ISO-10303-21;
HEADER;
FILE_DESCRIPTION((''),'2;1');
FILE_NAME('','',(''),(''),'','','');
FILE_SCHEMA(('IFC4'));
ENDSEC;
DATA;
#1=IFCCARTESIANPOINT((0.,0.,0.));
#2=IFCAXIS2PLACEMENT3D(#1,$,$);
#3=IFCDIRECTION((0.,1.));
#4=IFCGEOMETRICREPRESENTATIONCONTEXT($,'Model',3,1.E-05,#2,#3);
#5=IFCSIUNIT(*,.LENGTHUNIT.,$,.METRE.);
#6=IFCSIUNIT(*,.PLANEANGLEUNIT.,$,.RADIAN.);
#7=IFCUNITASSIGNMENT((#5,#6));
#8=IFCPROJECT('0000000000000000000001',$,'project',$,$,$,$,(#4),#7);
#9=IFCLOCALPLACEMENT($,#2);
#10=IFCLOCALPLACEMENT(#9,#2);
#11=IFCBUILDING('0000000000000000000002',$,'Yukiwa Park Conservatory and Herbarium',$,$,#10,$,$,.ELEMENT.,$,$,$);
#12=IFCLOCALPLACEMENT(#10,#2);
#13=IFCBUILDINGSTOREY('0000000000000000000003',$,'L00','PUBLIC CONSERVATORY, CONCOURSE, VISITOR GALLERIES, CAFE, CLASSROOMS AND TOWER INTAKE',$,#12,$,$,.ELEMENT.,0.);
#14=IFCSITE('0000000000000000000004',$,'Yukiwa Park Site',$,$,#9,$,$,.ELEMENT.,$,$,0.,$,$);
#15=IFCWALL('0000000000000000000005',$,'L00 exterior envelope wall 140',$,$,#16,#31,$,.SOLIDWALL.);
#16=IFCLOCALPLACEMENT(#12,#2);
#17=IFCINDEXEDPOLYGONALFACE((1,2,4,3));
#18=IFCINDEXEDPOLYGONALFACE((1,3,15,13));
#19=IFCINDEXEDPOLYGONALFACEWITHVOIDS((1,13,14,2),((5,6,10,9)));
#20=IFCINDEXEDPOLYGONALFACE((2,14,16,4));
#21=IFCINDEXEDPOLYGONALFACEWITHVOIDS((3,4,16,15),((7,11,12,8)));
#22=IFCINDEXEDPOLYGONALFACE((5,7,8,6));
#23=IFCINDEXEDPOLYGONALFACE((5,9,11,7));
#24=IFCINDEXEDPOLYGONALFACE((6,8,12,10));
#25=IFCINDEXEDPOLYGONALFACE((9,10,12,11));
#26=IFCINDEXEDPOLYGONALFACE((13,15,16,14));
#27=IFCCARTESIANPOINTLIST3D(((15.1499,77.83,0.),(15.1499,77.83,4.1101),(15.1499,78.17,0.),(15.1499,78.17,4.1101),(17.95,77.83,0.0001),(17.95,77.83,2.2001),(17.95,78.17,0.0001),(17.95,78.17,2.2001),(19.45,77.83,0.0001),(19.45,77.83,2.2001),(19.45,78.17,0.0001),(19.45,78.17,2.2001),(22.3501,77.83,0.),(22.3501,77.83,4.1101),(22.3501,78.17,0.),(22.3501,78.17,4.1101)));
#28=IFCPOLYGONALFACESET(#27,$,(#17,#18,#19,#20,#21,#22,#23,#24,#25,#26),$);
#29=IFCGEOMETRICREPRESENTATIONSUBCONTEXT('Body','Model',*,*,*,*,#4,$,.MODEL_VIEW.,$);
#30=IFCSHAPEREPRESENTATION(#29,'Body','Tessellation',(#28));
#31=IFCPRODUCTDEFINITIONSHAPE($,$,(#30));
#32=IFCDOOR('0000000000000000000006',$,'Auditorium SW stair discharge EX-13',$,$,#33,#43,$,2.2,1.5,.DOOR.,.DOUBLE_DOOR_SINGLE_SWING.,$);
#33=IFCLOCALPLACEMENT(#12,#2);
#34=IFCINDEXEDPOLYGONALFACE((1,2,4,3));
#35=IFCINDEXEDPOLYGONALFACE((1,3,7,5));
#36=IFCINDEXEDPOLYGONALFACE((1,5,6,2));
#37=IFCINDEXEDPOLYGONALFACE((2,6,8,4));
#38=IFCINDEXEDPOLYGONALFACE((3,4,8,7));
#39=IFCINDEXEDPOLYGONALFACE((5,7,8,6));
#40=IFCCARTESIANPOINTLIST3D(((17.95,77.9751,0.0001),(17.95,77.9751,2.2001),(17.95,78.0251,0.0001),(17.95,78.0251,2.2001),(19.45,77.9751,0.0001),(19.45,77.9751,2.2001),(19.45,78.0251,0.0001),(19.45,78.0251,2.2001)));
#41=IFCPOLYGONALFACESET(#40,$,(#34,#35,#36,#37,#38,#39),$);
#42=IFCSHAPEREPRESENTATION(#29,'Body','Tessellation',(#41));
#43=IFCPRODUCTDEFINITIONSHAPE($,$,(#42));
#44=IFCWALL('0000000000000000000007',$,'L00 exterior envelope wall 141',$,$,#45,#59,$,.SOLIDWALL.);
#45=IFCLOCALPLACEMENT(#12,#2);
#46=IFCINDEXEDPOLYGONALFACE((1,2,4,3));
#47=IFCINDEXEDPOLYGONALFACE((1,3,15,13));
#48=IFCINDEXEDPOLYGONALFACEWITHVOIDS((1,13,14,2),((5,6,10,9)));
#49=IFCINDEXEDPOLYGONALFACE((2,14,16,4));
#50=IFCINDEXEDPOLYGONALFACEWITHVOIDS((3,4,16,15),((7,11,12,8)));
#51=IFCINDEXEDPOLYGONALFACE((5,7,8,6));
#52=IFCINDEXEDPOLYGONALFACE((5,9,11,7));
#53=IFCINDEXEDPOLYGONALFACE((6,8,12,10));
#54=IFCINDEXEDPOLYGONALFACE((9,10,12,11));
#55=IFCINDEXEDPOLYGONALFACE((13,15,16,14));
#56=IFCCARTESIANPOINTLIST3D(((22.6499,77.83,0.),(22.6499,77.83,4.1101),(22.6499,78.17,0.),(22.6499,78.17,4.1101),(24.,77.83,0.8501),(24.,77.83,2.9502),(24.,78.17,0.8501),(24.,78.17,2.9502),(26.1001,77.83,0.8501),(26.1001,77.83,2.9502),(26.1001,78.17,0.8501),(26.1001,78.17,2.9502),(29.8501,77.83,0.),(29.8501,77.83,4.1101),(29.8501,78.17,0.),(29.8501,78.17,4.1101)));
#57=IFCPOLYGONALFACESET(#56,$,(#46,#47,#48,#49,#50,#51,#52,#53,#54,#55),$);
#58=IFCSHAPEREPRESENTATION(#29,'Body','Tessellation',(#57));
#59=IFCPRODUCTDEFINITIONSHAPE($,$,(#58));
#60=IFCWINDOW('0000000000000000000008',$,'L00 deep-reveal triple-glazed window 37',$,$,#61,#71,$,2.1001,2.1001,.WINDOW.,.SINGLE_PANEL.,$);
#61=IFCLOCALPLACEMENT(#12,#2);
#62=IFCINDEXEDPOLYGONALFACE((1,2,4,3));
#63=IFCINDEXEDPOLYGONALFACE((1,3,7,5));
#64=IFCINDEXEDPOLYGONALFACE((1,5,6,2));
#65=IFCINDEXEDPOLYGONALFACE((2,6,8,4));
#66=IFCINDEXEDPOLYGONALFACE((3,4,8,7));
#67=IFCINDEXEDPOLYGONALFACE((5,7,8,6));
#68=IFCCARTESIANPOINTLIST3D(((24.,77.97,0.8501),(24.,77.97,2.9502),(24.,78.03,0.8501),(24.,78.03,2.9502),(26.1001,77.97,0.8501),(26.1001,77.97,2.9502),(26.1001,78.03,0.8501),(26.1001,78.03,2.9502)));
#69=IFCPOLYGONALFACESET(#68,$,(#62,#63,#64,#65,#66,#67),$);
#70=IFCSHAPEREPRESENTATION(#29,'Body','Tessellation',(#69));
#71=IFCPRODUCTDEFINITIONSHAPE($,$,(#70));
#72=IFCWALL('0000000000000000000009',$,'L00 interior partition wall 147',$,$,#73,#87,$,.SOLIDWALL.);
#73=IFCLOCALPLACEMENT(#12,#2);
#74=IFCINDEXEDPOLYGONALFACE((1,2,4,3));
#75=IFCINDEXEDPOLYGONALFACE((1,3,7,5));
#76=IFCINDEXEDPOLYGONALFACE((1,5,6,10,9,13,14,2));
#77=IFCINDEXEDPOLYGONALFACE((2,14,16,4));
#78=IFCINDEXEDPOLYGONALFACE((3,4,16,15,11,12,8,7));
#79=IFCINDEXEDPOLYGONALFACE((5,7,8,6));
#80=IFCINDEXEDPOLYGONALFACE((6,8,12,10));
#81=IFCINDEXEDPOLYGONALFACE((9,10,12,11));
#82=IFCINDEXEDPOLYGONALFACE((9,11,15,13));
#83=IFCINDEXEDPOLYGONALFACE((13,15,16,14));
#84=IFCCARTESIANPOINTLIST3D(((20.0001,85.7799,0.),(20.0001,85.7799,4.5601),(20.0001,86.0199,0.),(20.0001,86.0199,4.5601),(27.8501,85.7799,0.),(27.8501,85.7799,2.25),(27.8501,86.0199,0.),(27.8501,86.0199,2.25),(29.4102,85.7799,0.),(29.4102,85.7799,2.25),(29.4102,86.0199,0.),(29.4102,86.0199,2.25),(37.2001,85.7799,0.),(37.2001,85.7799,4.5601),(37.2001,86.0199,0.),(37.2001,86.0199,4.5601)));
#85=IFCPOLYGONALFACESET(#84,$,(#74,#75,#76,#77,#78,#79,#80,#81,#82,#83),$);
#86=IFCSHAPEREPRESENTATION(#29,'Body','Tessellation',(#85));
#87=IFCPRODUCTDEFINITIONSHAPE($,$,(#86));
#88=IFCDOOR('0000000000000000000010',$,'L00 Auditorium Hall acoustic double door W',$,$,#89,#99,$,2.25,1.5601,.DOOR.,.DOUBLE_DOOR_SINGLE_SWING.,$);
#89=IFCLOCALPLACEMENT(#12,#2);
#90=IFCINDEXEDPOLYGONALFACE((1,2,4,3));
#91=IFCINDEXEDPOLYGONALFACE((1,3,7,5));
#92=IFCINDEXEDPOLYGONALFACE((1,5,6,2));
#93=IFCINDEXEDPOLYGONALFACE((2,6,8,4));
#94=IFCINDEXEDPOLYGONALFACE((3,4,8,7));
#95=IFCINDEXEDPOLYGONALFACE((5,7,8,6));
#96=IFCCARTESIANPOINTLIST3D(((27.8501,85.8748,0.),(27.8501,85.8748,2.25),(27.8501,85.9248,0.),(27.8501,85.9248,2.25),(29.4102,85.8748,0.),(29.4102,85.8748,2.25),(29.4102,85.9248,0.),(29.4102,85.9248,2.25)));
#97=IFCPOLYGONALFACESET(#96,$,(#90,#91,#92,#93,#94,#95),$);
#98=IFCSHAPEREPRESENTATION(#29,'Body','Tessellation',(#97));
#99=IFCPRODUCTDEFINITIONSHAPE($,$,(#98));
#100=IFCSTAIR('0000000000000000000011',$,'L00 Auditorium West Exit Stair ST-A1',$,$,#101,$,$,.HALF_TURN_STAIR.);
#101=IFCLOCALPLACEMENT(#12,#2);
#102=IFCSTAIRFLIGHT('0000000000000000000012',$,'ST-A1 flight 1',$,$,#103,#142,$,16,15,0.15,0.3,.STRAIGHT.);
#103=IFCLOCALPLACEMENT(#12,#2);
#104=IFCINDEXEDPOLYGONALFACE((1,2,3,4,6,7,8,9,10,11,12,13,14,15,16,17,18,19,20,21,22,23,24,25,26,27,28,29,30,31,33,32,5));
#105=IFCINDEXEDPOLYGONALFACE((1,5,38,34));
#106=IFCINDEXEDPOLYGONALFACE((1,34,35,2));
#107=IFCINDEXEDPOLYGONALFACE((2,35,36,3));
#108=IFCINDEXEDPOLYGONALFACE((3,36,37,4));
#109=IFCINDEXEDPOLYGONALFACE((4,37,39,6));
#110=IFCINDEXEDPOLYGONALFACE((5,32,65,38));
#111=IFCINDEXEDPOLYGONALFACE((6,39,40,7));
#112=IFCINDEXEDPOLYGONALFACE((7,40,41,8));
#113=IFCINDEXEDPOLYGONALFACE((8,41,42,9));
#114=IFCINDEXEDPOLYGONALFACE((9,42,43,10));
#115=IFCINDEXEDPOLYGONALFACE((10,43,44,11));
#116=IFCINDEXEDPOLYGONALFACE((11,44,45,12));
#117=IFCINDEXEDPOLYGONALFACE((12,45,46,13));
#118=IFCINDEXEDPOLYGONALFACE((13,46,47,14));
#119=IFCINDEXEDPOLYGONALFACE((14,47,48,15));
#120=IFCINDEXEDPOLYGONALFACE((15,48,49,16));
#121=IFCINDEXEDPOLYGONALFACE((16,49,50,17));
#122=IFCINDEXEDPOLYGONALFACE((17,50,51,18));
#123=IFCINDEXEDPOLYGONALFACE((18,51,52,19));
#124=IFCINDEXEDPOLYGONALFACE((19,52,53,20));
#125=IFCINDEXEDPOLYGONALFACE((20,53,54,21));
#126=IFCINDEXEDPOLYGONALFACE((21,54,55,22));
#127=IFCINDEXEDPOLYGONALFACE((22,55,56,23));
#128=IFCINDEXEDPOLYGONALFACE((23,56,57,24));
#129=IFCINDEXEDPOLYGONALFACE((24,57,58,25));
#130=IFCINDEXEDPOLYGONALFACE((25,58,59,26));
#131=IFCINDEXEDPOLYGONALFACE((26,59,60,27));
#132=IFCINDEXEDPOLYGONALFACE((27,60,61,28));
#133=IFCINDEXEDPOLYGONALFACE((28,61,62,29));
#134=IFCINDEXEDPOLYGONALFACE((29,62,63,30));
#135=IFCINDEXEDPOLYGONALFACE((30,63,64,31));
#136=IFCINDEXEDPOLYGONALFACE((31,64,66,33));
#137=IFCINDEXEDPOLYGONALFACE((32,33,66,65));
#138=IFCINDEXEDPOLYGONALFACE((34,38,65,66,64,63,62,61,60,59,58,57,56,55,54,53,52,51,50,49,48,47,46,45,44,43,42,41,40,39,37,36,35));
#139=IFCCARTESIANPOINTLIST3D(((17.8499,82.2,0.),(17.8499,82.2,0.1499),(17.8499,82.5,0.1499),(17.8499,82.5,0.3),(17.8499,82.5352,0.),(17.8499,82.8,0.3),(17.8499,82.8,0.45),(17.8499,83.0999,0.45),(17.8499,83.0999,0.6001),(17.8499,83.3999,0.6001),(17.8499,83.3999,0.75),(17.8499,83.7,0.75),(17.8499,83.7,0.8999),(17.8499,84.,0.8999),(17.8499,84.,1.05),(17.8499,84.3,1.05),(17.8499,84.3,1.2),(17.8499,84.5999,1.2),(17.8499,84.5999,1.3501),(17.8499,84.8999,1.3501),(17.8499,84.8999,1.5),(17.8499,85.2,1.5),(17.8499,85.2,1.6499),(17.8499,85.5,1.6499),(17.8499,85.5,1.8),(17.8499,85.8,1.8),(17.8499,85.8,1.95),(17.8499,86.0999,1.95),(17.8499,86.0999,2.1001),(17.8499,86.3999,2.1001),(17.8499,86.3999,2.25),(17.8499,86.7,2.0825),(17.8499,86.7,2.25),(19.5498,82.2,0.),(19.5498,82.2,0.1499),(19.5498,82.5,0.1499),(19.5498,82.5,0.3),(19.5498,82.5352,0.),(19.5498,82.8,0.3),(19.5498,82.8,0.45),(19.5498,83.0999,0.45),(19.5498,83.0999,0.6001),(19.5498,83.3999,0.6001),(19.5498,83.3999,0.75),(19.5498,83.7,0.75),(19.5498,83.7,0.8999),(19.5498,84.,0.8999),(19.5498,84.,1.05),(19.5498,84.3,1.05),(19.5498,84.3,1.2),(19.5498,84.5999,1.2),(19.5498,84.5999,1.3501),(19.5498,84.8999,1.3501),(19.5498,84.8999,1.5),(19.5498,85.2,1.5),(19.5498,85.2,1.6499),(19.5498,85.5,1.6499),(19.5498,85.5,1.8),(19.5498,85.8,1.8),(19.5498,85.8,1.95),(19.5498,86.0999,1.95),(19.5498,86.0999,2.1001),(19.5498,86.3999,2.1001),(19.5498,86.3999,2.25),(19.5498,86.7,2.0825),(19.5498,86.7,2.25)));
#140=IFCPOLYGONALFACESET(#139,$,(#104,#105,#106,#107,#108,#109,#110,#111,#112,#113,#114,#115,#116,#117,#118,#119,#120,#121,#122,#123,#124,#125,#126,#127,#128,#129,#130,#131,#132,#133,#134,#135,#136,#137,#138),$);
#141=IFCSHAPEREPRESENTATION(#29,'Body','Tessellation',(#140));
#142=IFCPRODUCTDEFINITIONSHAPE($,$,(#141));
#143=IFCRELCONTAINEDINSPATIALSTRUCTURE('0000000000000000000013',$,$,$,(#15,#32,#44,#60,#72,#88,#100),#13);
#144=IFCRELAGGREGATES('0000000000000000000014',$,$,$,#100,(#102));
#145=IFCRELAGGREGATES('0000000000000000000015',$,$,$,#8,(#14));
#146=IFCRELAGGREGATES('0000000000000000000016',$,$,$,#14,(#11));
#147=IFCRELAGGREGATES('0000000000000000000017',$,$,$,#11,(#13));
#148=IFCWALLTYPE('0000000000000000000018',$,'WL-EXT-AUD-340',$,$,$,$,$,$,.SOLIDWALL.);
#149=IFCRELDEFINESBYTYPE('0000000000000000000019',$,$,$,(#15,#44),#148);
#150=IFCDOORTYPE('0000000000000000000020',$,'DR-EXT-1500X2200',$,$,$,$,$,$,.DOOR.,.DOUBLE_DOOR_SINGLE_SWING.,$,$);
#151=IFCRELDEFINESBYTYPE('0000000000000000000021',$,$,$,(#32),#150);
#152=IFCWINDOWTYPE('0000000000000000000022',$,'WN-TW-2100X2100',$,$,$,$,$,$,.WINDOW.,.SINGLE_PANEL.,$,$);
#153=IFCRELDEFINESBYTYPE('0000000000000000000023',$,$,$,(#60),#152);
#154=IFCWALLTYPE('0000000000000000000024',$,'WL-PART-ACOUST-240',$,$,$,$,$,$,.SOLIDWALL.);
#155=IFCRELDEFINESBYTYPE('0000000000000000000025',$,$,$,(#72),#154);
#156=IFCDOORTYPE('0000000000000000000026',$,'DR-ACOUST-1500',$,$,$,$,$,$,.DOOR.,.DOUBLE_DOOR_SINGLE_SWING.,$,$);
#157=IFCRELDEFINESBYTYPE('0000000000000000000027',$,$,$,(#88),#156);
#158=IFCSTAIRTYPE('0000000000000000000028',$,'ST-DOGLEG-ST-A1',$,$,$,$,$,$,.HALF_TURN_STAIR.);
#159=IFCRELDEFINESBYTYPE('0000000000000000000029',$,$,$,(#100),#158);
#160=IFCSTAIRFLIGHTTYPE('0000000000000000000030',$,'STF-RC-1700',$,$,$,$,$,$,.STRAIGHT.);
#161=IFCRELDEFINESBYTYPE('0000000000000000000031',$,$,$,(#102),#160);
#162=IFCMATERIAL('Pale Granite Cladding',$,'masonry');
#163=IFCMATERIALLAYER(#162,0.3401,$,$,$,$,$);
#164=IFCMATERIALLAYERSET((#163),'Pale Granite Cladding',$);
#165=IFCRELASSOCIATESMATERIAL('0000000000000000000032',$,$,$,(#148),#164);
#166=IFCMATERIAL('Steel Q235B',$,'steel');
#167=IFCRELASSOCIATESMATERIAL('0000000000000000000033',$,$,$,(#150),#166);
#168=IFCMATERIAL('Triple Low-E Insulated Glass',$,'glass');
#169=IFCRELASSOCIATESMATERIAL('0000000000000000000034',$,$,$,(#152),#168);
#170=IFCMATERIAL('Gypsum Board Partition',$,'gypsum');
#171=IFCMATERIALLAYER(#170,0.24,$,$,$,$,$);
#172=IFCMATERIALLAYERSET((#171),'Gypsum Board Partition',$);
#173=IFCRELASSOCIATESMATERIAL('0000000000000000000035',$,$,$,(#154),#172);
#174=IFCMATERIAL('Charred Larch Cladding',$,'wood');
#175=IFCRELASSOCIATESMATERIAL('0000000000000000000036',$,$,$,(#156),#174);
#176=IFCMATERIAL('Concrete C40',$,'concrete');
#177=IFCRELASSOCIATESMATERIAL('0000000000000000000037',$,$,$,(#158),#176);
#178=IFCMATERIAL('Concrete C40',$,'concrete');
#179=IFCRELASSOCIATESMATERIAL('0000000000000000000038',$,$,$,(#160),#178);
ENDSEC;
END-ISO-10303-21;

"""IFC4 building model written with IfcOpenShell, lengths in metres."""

from ifc_helpers import new_model, si_unit, direction, frame, frame_2d, origin, place, context, subcontext, project, spatial, polyline, rectangle, outline, extrude, material, layer, layer_set, type_object, element, fill, aggregate, save


model = new_model("IFC4")

# Units and contexts
model_context = context("Model", 3, precision=1e-05, world=origin(), true_north=direction((0.0, 1.0)))
body_context = subcontext(model_context, "Body", "Model", "MODEL_VIEW")
ifc_project = project(units=[si_unit("LENGTHUNIT", "METRE"), si_unit("PLANEANGLEUNIT", "RADIAN")], contexts=[model_context])

# Site, building, storey
site_placement = place(None, origin())
site = spatial("IfcSite", under=ifc_project, at=site_placement, Name="Yukiwa Park Site", CompositionType="ELEMENT", RefElevation=0.0)
building_placement = place(site_placement, origin())
building = spatial("IfcBuilding", under=site, at=building_placement, Name="Yukiwa Park Conservatory and Herbarium", CompositionType="ELEMENT")
storey_placement = place(building_placement, origin())
storey = spatial("IfcBuildingStorey", under=building, at=storey_placement, Name="L00", Description="PUBLIC CONSERVATORY, CONCOURSE, VISITOR GALLERIES, CAFE, CLASSROOMS AND TOWER INTAKE", CompositionType="ELEMENT", Elevation=0.0)

# Shared definitions
ifc_material_1 = material(Name="Pale Granite Cladding", Category="masonry")
ifc_layer_1 = layer(ifc_material_1, 0.3401)
ifc_layer_set_1 = layer_set([ifc_layer_1], Name="Pale Granite Cladding")
wall_type_1 = type_object("IfcWallType", Name="WL-EXT-AUD-340", PredefinedType="SOLIDWALL", material=ifc_layer_set_1)

# Wall, opening, door
wall_1_placement = place(storey_placement, frame((15.1499, 78.0, 0.0), z_axis=(0.0, 0.0, 1.0), x_axis=(1.0, 0.0, 0.0)))
wall_1 = element("IfcWall", 1, at=wall_1_placement, inside=storey, type_object=wall_type_1, Name="L00 exterior envelope wall 140", PredefinedType="SOLIDWALL", context=body_context, shape_type="SweptSolid", body=[
    extrude(rectangle(XDim=7.2002, YDim=0.3401, at=frame_2d((3.6001, 0.0))), origin(), (0.0, 0.0, 1.0), 4.1101),
])
opening_1_placement = place(wall_1_placement, frame((2.8, 0.0, 0.0)))
opening_1 = element("IfcOpeningElement", 2, at=opening_1_placement, cuts=wall_1, PredefinedType="OPENING", context=body_context, shape_type="SweptSolid", body=[
    extrude(rectangle(XDim=1.5, YDim=2.2, at=frame_2d((0.75, 1.1001))), frame((0.0, 0.1802, 0.0), z_axis=(0.0, -1.0, 0.0), x_axis=(1.0, 0.0, 0.0)), (0.0, 0.0, 1.0), 0.3601),
])
ifc_material_2 = material(Name="Steel Q235B", Category="steel")
door_type_1 = type_object("IfcDoorType", Name="DR-EXT-1500X2200", OperationType="DOUBLE_DOOR_SINGLE_SWING", PredefinedType="DOOR", material=ifc_material_2)
door_1_placement = place(opening_1_placement, frame((1.5, 0.0, 0.0), z_axis=(0.0, 0.0, 1.0), x_axis=(-1.0, 0.0, 0.0)))
door_1 = element("IfcDoor", 3, at=door_1_placement, inside=storey, type_object=door_type_1, Name="Auditorium SW stair discharge EX-13", OperationType="DOUBLE_DOOR_SINGLE_SWING", OverallHeight=2.2, OverallWidth=1.5, PredefinedType="DOOR", context=body_context, shape_type="SweptSolid", body=[
    extrude(rectangle(XDim=1.5, YDim=2.2, at=frame_2d((0.75, 1.1001))), frame((0.0, 0.0249, 0.0), z_axis=(0.0, -1.0, 0.0), x_axis=(1.0, 0.0, 0.0)), (0.0, 0.0, 1.0), 0.05),
])
fill(opening_1, door_1)

# Wall, opening, window
wall_2_placement = place(storey_placement, frame((22.6499, 78.0, 0.0), z_axis=(0.0, 0.0, 1.0), x_axis=(1.0, 0.0, 0.0)))
wall_2 = element("IfcWall", 4, at=wall_2_placement, inside=storey, type_object=wall_type_1, Name="L00 exterior envelope wall 141", PredefinedType="SOLIDWALL", context=body_context, shape_type="SweptSolid", body=[
    extrude(rectangle(XDim=7.2002, YDim=0.3401, at=frame_2d((3.6001, 0.0))), origin(), (0.0, 0.0, 1.0), 4.1101),
])
opening_2_placement = place(wall_2_placement, frame((1.3501, 0.0, 0.8501)))
opening_2 = element("IfcOpeningElement", 5, at=opening_2_placement, cuts=wall_2, PredefinedType="OPENING", context=body_context, shape_type="SweptSolid", body=[
    extrude(rectangle(XDim=2.1001, YDim=2.1001, at=frame_2d((1.05, 1.05))), frame((0.0, 0.1802, 0.0), z_axis=(0.0, -1.0, 0.0), x_axis=(1.0, 0.0, 0.0)), (0.0, 0.0, 1.0), 0.3601),
])
ifc_material_3 = material(Name="Triple Low-E Insulated Glass", Category="glass")
window_type_1 = type_object("IfcWindowType", Name="WN-TW-2100X2100", PartitioningType="SINGLE_PANEL", PredefinedType="WINDOW", material=ifc_material_3)
window_1_placement = place(opening_2_placement, origin())
window_1 = element("IfcWindow", 6, at=window_1_placement, inside=storey, type_object=window_type_1, Name="L00 deep-reveal triple-glazed window 37", OverallHeight=2.1001, OverallWidth=2.1001, PartitioningType="SINGLE_PANEL", PredefinedType="WINDOW", context=body_context, shape_type="SweptSolid", body=[
    extrude(rectangle(XDim=2.1001, YDim=2.1001, at=frame_2d((1.05, 1.05))), frame((0.0, 0.03, 0.0), z_axis=(0.0, -1.0, 0.0), x_axis=(1.0, 0.0, 0.0)), (0.0, 0.0, 1.0), 0.0601),
])
fill(opening_2, window_1)

# Wall, opening, door
ifc_material_4 = material(Name="Gypsum Board Partition", Category="gypsum")
ifc_layer_2 = layer(ifc_material_4, 0.24)
ifc_layer_set_2 = layer_set([ifc_layer_2], Name="Gypsum Board Partition")
wall_type_2 = type_object("IfcWallType", Name="WL-PART-ACOUST-240", PredefinedType="SOLIDWALL", material=ifc_layer_set_2)
wall_3_placement = place(storey_placement, frame((20.0, 85.8999, 0.0), z_axis=(0.0, 0.0, 1.0), x_axis=(1.0, 0.0, 0.0)))
wall_3 = element("IfcWall", 7, at=wall_3_placement, inside=storey, type_object=wall_type_2, Name="L00 interior partition wall 147", PredefinedType="SOLIDWALL", context=body_context, shape_type="SweptSolid", body=[
    extrude(rectangle(XDim=17.2, YDim=0.24, at=frame_2d((8.6001, 0.0))), origin(), (0.0, 0.0, 1.0), 4.5601),
])
opening_3_placement = place(wall_3_placement, frame((7.8501, 0.0, 0.0)))
opening_3 = element("IfcOpeningElement", 8, at=opening_3_placement, cuts=wall_3, PredefinedType="OPENING", context=body_context, shape_type="SweptSolid", body=[
    extrude(rectangle(XDim=1.5601, YDim=2.25, at=frame_2d((0.78, 1.125))), frame((0.0, 0.1299, 0.0), z_axis=(0.0, -1.0, 0.0), x_axis=(1.0, 0.0, 0.0)), (0.0, 0.0, 1.0), 0.26),
])
ifc_material_5 = material(Name="Charred Larch Cladding", Category="wood")
door_type_2 = type_object("IfcDoorType", Name="DR-ACOUST-1500", OperationType="DOUBLE_DOOR_SINGLE_SWING", PredefinedType="DOOR", material=ifc_material_5)
door_2_placement = place(opening_3_placement, origin())
door_2 = element("IfcDoor", 9, at=door_2_placement, inside=storey, type_object=door_type_2, Name="L00 Auditorium Hall acoustic double door W", OperationType="DOUBLE_DOOR_SINGLE_SWING", OverallHeight=2.25, OverallWidth=1.5601, PredefinedType="DOOR", context=body_context, shape_type="SweptSolid", body=[
    extrude(rectangle(XDim=1.5601, YDim=2.25, at=frame_2d((0.78, 1.125))), frame((0.0, 0.0249, 0.0), z_axis=(0.0, -1.0, 0.0), x_axis=(1.0, 0.0, 0.0)), (0.0, 0.0, 1.0), 0.05),
])
fill(opening_3, door_2)

# Stair, stair flight
ifc_material_6 = material(Name="Concrete C40", Category="concrete")
stair_type = type_object("IfcStairType", Name="ST-DOGLEG-ST-A1", PredefinedType="HALF_TURN_STAIR", material=ifc_material_6)
stair_placement = place(storey_placement, origin())
stair = element("IfcStair", 10, at=stair_placement, inside=storey, type_object=stair_type, Name="L00 Auditorium West Exit Stair ST-A1", PredefinedType="HALF_TURN_STAIR")
ifc_material_7 = material(Name="Concrete C40", Category="concrete")
stair_flight_type = type_object("IfcStairFlightType", Name="STF-RC-1700", PredefinedType="STRAIGHT", material=ifc_material_7)
stair_flight_placement = place(storey_placement, frame((18.7, 82.2, 0.0), z_axis=(0.0, 0.0, 1.0), x_axis=(0.0, 1.0, 0.0)))
stair_flight = element("IfcStairFlight", 11, at=stair_flight_placement, type_object=stair_flight_type, Name="ST-A1 flight 1", NumberOfRisers=16, NumberOfTreads=15, PredefinedType="STRAIGHT", RiserHeight=0.15, TreadLength=0.3, context=body_context, shape_type="SweptSolid", body=[
    extrude(outline(polyline([(0.0, 0.0), (0.0, 0.1499), (0.3, 0.1499), (0.3, 0.3), (0.6001, 0.3), (0.6001, 0.45), (0.8999, 0.45), (0.8999, 0.6001), (1.2, 0.6001), (1.2, 0.75), (1.5, 0.75), (1.5, 0.8999), (1.8, 0.8999), (1.8, 1.05), (2.1001, 1.05), (2.1001, 1.2), (2.3999, 1.2), (2.3999, 1.3501), (2.7, 1.3501), (2.7, 1.5), (3.0, 1.5), (3.0, 1.6499), (3.3, 1.6499), (3.3, 1.8), (3.6001, 1.8), (3.6001, 1.95), (3.8999, 1.95), (3.8999, 2.1001), (4.2, 2.1001), (4.2, 2.25), (4.5, 2.25), (4.5, 2.3999), (4.5, 2.0825), (0.3352, 0.0), (0.0, 0.0)])), frame((0.0, 0.8501, 0.0), z_axis=(0.0, -1.0, 0.0), x_axis=(1.0, 0.0, 0.0)), (0.0, 0.0, 1.0), 1.7),
])
aggregate(stair, [stair_flight])

save(model, "model.ifc")
